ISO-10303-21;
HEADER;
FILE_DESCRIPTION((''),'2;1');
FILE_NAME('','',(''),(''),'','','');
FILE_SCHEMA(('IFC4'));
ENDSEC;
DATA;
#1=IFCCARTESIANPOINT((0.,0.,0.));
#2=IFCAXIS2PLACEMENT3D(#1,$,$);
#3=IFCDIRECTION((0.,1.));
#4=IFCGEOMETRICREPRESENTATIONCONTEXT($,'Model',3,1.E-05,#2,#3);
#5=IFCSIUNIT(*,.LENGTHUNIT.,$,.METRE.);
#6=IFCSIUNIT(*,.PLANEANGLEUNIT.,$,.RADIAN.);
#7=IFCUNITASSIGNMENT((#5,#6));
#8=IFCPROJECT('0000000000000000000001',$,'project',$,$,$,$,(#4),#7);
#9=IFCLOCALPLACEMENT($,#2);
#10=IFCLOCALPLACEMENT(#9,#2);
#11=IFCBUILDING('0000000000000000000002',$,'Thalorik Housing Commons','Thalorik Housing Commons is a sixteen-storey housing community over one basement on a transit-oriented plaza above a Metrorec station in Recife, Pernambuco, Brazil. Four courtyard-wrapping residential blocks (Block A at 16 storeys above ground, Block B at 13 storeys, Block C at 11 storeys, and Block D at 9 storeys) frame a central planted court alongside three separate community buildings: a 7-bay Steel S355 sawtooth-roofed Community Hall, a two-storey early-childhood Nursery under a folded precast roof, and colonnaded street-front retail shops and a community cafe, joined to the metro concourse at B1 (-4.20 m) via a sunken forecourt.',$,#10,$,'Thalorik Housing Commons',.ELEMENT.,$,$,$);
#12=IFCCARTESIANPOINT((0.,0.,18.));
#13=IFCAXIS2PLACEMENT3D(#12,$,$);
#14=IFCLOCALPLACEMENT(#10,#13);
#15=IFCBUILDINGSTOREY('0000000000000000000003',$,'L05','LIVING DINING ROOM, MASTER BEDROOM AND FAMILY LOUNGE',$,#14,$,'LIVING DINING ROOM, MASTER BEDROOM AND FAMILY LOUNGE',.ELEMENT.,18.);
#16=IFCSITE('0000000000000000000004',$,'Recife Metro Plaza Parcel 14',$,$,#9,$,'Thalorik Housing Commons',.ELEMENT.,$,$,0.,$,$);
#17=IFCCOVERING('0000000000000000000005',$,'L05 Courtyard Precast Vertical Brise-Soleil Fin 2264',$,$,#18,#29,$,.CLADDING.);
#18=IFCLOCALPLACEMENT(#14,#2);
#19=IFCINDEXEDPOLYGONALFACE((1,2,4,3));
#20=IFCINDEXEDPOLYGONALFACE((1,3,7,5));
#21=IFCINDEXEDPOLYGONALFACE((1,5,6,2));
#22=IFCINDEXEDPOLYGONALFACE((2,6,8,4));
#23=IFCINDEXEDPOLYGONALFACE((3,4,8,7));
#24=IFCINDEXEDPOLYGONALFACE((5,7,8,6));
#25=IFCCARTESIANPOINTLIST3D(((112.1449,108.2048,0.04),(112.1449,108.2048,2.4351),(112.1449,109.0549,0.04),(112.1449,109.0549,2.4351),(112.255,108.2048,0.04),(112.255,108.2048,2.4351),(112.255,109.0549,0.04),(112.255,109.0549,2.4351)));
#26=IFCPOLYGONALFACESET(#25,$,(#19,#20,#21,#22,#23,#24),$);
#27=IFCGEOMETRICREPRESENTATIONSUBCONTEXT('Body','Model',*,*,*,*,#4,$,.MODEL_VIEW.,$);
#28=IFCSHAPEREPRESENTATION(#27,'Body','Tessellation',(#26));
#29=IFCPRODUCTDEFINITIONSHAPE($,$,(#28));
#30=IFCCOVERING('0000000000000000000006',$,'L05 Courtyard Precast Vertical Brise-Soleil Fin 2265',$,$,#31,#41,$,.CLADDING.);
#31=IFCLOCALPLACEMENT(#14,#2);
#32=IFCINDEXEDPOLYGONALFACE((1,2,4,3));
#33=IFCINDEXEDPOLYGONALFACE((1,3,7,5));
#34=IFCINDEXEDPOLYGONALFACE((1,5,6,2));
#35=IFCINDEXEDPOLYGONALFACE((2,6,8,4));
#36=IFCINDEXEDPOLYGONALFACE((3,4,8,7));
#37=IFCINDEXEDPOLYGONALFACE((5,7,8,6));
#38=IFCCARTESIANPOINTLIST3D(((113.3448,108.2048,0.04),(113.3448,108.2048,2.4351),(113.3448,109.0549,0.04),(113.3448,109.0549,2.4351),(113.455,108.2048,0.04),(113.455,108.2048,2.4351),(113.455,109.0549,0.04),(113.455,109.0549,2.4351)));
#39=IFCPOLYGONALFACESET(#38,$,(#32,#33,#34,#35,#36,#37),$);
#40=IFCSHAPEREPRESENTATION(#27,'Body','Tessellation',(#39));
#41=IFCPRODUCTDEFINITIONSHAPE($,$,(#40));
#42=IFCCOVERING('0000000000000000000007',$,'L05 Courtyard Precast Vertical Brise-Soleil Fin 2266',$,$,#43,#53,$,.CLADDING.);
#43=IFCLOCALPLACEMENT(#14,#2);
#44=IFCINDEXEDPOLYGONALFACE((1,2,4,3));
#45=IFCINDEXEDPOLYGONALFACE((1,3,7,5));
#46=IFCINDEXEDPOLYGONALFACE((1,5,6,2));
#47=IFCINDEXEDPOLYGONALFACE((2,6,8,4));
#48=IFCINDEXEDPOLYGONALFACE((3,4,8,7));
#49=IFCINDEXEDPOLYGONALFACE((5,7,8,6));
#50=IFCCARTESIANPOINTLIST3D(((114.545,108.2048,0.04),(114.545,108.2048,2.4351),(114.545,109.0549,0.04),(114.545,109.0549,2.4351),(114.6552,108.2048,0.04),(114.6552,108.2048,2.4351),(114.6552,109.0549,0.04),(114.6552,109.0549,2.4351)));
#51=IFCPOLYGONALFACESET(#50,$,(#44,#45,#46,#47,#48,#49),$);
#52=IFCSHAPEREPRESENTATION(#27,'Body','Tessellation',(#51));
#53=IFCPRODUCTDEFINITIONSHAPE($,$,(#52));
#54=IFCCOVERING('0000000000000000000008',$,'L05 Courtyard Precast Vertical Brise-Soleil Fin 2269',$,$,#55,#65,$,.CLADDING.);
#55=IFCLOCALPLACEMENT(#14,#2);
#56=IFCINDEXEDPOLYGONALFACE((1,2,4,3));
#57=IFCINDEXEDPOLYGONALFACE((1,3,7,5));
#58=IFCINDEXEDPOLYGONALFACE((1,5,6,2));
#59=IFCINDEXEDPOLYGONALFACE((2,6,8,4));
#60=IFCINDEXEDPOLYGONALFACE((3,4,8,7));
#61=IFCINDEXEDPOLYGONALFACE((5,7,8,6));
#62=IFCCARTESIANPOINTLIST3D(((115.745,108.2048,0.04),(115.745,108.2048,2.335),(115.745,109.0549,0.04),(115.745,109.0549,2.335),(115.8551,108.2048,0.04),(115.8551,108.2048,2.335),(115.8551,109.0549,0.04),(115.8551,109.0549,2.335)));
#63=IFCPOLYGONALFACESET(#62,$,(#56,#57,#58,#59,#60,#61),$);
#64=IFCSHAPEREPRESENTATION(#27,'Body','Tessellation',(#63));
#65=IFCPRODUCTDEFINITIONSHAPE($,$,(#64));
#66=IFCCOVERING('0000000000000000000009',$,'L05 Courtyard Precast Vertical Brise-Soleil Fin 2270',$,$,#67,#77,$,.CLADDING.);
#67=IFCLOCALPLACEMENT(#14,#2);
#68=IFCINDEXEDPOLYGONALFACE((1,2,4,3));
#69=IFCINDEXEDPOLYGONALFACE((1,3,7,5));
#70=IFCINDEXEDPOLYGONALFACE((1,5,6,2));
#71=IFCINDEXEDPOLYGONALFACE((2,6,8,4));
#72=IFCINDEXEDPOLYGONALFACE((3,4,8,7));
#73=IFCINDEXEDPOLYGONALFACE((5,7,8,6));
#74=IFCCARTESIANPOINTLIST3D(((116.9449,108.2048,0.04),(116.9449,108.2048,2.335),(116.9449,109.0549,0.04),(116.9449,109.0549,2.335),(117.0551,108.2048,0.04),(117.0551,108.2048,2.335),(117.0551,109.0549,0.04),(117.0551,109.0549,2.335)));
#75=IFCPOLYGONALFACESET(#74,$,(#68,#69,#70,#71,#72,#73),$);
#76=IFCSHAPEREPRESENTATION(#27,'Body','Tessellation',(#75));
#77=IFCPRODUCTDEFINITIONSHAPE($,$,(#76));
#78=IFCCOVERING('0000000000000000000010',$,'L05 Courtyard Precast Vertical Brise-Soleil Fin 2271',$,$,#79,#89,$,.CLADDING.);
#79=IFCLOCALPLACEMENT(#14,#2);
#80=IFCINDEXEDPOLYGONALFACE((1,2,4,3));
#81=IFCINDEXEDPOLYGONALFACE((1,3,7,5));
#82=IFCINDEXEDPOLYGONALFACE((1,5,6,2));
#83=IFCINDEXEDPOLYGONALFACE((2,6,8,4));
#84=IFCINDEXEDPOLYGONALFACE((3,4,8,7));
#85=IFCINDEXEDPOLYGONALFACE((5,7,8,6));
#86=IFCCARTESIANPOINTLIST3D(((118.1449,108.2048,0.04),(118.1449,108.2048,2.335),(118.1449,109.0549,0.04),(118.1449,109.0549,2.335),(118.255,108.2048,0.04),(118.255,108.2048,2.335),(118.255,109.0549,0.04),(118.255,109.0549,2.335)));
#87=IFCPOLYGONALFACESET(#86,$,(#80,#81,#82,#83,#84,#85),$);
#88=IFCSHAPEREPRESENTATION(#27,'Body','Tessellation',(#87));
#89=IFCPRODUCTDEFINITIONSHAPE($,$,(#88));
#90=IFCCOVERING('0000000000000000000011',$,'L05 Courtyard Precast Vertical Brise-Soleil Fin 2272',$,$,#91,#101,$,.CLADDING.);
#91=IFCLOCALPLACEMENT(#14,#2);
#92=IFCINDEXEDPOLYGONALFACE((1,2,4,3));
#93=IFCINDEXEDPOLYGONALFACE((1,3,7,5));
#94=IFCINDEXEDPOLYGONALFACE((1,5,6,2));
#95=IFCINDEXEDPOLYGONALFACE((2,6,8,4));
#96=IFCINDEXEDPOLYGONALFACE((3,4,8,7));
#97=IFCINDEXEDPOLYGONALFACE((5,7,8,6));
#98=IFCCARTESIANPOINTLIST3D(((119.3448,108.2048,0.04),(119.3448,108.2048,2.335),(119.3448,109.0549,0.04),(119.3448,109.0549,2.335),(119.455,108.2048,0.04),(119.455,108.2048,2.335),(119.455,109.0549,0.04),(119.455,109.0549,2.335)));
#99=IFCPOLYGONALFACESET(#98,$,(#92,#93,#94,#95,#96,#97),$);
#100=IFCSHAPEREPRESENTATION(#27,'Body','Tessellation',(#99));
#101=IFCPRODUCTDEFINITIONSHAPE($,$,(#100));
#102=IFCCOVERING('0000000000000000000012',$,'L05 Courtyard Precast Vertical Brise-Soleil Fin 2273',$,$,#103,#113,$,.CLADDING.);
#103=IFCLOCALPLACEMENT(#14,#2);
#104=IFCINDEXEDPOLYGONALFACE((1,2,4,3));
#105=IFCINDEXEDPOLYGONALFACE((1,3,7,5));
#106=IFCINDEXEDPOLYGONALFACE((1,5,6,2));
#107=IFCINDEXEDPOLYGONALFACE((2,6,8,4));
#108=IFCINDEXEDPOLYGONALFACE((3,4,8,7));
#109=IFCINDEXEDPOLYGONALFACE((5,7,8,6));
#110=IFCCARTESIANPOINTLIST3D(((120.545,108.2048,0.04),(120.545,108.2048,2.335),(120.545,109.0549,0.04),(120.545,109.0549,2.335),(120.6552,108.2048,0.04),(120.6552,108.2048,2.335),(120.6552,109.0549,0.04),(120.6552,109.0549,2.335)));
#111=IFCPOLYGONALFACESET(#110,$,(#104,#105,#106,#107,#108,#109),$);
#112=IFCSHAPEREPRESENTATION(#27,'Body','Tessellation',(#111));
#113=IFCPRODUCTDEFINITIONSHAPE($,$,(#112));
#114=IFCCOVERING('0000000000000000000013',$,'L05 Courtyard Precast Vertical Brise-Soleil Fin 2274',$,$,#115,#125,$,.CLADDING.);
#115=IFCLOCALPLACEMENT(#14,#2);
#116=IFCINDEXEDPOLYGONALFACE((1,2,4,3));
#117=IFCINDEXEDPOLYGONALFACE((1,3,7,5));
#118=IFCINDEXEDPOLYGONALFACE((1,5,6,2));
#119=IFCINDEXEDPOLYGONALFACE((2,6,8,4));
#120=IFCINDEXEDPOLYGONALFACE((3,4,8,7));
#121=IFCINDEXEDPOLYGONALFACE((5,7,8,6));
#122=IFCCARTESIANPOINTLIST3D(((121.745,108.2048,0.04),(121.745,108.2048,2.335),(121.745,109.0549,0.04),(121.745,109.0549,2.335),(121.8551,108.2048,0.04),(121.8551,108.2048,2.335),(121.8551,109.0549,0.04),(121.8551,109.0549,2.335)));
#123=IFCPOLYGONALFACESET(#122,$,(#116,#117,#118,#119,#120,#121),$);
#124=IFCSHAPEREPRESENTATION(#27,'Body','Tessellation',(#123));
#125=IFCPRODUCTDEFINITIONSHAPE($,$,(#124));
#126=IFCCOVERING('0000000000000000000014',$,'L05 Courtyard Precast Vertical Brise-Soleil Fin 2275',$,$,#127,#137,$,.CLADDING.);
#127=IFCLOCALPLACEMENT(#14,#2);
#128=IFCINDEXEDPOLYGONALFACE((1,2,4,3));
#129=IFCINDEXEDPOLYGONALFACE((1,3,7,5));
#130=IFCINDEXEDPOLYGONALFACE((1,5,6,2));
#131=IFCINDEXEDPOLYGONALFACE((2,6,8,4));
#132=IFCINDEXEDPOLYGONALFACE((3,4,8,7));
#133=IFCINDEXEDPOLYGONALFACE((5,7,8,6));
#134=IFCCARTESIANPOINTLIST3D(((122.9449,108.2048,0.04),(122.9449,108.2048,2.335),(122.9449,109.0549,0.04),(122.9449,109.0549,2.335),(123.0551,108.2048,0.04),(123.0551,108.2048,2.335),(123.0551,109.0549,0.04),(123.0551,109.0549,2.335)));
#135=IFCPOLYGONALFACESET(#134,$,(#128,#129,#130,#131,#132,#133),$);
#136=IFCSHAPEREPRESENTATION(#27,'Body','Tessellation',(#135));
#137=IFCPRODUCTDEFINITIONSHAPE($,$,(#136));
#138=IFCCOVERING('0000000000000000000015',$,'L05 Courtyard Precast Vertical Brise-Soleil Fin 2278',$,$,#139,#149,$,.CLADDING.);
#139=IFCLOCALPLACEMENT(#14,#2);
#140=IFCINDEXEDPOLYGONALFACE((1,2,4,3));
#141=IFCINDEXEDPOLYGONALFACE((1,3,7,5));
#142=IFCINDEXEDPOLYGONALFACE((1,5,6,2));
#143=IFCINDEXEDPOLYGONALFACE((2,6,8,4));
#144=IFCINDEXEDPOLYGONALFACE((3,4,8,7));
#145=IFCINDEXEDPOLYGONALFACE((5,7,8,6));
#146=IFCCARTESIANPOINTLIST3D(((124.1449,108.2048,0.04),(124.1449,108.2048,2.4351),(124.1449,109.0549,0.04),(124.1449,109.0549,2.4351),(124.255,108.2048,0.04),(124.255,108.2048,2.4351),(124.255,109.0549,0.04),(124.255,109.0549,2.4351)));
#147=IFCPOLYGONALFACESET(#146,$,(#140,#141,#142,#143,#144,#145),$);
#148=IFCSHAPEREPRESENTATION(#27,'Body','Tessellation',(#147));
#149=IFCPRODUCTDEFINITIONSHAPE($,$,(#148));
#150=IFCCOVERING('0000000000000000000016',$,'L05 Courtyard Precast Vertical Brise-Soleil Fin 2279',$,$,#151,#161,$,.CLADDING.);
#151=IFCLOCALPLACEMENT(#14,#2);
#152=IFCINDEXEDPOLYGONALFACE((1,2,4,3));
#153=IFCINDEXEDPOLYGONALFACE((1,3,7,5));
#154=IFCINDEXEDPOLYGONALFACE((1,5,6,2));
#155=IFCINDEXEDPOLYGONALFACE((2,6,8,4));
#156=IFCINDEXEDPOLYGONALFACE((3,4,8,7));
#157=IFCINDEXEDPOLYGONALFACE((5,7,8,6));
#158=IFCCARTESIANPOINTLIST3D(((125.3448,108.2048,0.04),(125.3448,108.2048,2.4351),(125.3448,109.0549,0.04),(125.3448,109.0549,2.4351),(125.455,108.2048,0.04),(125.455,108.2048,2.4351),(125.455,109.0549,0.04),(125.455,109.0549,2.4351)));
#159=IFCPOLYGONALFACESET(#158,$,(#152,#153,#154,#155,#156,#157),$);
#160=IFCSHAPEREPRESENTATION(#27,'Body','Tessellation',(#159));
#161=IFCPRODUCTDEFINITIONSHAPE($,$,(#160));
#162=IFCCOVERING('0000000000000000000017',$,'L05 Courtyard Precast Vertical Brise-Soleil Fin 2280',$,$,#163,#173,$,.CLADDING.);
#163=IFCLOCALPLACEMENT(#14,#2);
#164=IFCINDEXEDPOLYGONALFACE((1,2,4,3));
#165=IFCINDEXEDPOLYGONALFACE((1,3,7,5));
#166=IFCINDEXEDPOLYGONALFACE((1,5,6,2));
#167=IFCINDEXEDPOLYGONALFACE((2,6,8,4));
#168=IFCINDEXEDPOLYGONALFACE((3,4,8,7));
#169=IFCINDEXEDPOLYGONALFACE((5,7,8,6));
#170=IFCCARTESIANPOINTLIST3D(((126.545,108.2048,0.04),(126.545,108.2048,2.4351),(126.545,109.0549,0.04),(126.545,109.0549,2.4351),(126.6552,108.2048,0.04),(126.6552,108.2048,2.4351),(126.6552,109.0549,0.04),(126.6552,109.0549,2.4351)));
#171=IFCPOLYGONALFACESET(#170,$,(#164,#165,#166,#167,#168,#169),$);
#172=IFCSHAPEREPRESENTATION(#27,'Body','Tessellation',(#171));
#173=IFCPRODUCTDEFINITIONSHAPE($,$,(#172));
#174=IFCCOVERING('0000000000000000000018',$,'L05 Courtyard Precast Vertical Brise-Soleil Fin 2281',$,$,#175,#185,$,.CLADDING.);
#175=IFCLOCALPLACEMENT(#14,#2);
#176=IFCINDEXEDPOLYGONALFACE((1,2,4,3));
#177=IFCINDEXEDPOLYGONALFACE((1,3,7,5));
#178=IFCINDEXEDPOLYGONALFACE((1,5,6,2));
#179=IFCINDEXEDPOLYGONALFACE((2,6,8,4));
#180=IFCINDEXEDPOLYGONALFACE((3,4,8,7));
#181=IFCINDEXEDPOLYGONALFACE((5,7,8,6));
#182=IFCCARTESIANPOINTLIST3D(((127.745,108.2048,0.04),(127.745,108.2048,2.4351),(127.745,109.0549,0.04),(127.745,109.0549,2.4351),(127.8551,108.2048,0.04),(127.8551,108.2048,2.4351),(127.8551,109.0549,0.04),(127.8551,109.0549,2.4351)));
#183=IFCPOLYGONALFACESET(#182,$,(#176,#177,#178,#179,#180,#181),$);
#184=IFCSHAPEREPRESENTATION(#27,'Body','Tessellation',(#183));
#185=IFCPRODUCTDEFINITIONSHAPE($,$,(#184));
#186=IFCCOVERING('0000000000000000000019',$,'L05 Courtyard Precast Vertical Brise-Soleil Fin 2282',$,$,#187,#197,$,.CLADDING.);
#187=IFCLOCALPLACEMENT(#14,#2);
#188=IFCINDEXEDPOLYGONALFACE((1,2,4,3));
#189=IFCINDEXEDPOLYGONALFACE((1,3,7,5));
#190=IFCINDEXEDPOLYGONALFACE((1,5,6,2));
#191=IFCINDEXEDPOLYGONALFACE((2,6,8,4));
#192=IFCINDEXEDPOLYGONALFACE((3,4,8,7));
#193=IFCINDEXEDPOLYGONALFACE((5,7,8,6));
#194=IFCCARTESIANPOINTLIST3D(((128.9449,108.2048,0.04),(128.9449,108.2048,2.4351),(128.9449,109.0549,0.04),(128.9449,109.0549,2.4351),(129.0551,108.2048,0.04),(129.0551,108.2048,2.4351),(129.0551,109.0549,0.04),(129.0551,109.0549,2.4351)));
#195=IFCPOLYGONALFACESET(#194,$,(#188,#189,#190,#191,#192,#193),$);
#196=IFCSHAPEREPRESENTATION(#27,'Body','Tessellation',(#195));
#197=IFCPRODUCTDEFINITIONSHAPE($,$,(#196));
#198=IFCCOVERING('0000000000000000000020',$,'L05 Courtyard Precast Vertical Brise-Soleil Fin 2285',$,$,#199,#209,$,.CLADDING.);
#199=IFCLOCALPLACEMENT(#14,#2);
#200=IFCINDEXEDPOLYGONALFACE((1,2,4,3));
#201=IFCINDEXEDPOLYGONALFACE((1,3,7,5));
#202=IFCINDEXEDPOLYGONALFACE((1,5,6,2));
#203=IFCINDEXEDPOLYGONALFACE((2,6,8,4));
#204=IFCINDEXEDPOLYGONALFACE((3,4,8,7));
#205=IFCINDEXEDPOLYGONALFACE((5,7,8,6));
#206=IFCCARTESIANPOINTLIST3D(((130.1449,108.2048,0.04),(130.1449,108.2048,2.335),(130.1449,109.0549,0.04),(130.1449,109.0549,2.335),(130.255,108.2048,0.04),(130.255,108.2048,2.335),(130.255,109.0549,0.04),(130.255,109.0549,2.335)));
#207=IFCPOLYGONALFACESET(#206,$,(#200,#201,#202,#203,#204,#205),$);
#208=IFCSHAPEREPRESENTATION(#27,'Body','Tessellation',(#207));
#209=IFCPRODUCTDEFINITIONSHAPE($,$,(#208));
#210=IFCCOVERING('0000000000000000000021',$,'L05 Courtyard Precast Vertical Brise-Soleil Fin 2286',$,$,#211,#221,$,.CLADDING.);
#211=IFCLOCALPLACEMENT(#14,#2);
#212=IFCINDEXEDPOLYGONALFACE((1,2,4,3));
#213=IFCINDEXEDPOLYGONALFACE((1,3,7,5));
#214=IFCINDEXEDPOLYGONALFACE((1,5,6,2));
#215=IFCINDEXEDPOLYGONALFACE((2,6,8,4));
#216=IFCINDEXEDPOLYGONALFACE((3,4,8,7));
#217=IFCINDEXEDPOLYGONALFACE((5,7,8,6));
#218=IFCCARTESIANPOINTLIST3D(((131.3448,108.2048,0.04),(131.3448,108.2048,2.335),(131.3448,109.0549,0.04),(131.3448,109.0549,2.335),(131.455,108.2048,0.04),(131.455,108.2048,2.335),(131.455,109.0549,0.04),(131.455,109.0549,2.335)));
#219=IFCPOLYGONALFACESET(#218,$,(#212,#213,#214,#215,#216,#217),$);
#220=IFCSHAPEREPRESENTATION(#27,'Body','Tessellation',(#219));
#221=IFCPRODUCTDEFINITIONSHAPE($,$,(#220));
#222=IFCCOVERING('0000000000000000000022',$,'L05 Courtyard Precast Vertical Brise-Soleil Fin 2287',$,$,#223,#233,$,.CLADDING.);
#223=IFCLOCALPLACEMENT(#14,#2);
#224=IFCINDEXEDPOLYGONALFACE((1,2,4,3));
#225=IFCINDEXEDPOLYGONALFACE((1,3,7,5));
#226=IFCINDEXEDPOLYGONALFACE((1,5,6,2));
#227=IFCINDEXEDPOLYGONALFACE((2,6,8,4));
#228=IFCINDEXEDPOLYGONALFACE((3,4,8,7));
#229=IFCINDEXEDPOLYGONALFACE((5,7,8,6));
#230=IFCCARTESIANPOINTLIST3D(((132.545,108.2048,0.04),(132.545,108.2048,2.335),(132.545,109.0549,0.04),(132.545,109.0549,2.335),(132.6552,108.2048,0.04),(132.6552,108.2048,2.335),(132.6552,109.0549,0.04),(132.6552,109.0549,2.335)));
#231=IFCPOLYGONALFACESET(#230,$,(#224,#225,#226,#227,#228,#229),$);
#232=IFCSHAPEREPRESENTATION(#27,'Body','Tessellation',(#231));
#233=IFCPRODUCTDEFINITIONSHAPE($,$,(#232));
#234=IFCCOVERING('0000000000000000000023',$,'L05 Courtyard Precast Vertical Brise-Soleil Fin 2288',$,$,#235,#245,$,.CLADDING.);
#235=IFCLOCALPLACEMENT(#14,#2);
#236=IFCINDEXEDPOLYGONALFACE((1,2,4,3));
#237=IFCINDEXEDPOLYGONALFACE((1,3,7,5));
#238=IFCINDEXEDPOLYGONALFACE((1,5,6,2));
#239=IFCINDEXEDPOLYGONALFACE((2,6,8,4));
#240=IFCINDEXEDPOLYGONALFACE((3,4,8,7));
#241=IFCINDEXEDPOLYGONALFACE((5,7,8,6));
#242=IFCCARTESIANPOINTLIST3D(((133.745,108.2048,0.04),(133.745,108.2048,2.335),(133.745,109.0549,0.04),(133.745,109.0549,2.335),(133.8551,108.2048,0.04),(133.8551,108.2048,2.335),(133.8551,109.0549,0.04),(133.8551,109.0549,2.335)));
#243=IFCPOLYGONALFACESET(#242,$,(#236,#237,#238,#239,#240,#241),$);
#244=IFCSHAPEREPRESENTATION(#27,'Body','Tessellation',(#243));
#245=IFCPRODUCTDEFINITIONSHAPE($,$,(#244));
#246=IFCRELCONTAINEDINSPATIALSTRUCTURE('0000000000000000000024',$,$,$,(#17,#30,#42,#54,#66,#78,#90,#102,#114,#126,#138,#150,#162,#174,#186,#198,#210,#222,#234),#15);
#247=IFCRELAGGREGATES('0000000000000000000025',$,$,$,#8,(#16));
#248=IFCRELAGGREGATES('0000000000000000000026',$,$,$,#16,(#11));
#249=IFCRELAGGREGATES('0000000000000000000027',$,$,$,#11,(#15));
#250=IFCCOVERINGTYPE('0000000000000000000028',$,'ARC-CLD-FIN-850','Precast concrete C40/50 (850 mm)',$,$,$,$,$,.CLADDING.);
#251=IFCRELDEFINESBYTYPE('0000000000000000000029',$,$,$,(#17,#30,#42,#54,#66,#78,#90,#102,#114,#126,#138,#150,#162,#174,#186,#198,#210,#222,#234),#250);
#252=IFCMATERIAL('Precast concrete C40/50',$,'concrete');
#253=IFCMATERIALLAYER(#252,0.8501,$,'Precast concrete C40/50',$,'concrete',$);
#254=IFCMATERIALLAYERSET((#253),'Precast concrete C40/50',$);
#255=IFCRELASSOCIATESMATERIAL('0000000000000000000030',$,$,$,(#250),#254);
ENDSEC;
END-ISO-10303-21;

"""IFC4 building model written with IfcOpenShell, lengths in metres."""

from ifc_helpers import new_model, si_unit, direction, frame, origin, origin_2d, place, context, subcontext, project, spatial, rectangle, extrude, material, layer, layer_set, type_object, element, save


model = new_model("IFC4")

# Units and contexts
model_context = context("Model", 3, precision=1e-05, world=origin(), true_north=direction((0.0, 1.0)))
body_context = subcontext(model_context, "Body", "Model", "MODEL_VIEW")
ifc_project = project(units=[si_unit("LENGTHUNIT", "METRE"), si_unit("PLANEANGLEUNIT", "RADIAN")], contexts=[model_context])

# Site, building, storey
site_placement = place(None, origin())
site = spatial("IfcSite", under=ifc_project, at=site_placement, Name="Recife Metro Plaza Parcel 14", LongName="Thalorik Housing Commons", CompositionType="ELEMENT", RefElevation=0.0)
building_placement = place(site_placement, origin())
building = spatial("IfcBuilding", under=site, at=building_placement, Name="Thalorik Housing Commons", Description="Thalorik Housing Commons is a sixteen-storey housing community over one basement on a transit-oriented plaza above a Metrorec station in Recife, Pernambuco, Brazil. Four courtyard-wrapping residential blocks (Block A at 16 storeys above ground, Block B at 13 storeys, Block C at 11 storeys, and Block D at 9 storeys) frame a central planted court alongside three separate community buildings: a 7-bay Steel S355 sawtooth-roofed Community Hall, a two-storey early-childhood Nursery under a folded precast roof, and colonnaded street-front retail shops and a community cafe, joined to the metro concourse at B1 (-4.20 m) via a sunken forecourt.", LongName="Thalorik Housing Commons", CompositionType="ELEMENT")
storey_placement = place(building_placement, frame((0.0, 0.0, 18.0)))
storey = spatial("IfcBuildingStorey", under=building, at=storey_placement, Name="L05", Description="LIVING DINING ROOM, MASTER BEDROOM AND FAMILY LOUNGE", LongName="LIVING DINING ROOM, MASTER BEDROOM AND FAMILY LOUNGE", CompositionType="ELEMENT", Elevation=18.0)

# Coverings
ifc_material = material(Name="Precast concrete C40/50", Category="concrete")
ifc_layer_1 = layer(ifc_material, 0.8501, Name="Precast concrete C40/50", Category="concrete")
ifc_layer_set_1 = layer_set([ifc_layer_1], Name="Precast concrete C40/50")
covering_type_1 = type_object("IfcCoveringType", Name="ARC-CLD-FIN-850", Description="Precast concrete C40/50 (850 mm)", PredefinedType="CLADDING", material=ifc_layer_set_1)
for number, where, z_axis, x_axis, name in (
    (1, (112.2, 108.6299, 0.04), (0.0, 0.0, 1.0), (1.0, 0.0, 0.0), "L05 Courtyard Precast Vertical Brise-Soleil Fin 2264"),
    (2, (113.3999, 108.6299, 0.04), (0.0, 0.0, 1.0), (1.0, 0.0, 0.0), "L05 Courtyard Precast Vertical Brise-Soleil Fin 2265"),
    (3, (114.6001, 108.6299, 0.04), (0.0, 0.0, 1.0), (1.0, 0.0, 0.0), "L05 Courtyard Precast Vertical Brise-Soleil Fin 2266"),
):
    element("IfcCovering", number, at=place(storey_placement, frame(where, z_axis=z_axis, x_axis=x_axis)), inside=storey, type_object=covering_type_1, Name=name, PredefinedType="CLADDING", context=body_context, shape_type="SweptSolid", body=[
        extrude(rectangle(XDim=0.1101, YDim=0.8501, at=origin_2d()), origin(), (0.0, 0.0, 1.0), 2.395),
    ])
for number, where, z_axis, x_axis, name in (
    (4, (115.8, 108.6299, 0.04), (0.0, 0.0, 1.0), (1.0, 0.0, 0.0), "L05 Courtyard Precast Vertical Brise-Soleil Fin 2269"),
    (5, (117.0, 108.6299, 0.04), (0.0, 0.0, 1.0), (1.0, 0.0, 0.0), "L05 Courtyard Precast Vertical Brise-Soleil Fin 2270"),
    (6, (118.2, 108.6299, 0.04), (0.0, 0.0, 1.0), (1.0, 0.0, 0.0), "L05 Courtyard Precast Vertical Brise-Soleil Fin 2271"),
    (7, (119.3999, 108.6299, 0.04), (0.0, 0.0, 1.0), (1.0, 0.0, 0.0), "L05 Courtyard Precast Vertical Brise-Soleil Fin 2272"),
    (8, (120.6001, 108.6299, 0.04), (0.0, 0.0, 1.0), (1.0, 0.0, 0.0), "L05 Courtyard Precast Vertical Brise-Soleil Fin 2273"),
    (9, (121.8, 108.6299, 0.04), (0.0, 0.0, 1.0), (1.0, 0.0, 0.0), "L05 Courtyard Precast Vertical Brise-Soleil Fin 2274"),
    (10, (123.0, 108.6299, 0.04), (0.0, 0.0, 1.0), (1.0, 0.0, 0.0), "L05 Courtyard Precast Vertical Brise-Soleil Fin 2275"),
):
    element("IfcCovering", number, at=place(storey_placement, frame(where, z_axis=z_axis, x_axis=x_axis)), inside=storey, type_object=covering_type_1, Name=name, PredefinedType="CLADDING", context=body_context, shape_type="SweptSolid", body=[
        extrude(rectangle(XDim=0.1101, YDim=0.8501, at=origin_2d()), origin(), (0.0, 0.0, 1.0), 2.2949),
    ])
for number, where, z_axis, x_axis, name in (
    (11, (124.2, 108.6299, 0.04), (0.0, 0.0, 1.0), (1.0, 0.0, 0.0), "L05 Courtyard Precast Vertical Brise-Soleil Fin 2278"),
    (12, (125.3999, 108.6299, 0.04), (0.0, 0.0, 1.0), (1.0, 0.0, 0.0), "L05 Courtyard Precast Vertical Brise-Soleil Fin 2279"),
    (13, (126.6001, 108.6299, 0.04), (0.0, 0.0, 1.0), (1.0, 0.0, 0.0), "L05 Courtyard Precast Vertical Brise-Soleil Fin 2280"),
    (14, (127.8, 108.6299, 0.04), (0.0, 0.0, 1.0), (1.0, 0.0, 0.0), "L05 Courtyard Precast Vertical Brise-Soleil Fin 2281"),
    (15, (129.0, 108.6299, 0.04), (0.0, 0.0, 1.0), (1.0, 0.0, 0.0), "L05 Courtyard Precast Vertical Brise-Soleil Fin 2282"),
):
    element("IfcCovering", number, at=place(storey_placement, frame(where, z_axis=z_axis, x_axis=x_axis)), inside=storey, type_object=covering_type_1, Name=name, PredefinedType="CLADDING", context=body_context, shape_type="SweptSolid", body=[
        extrude(rectangle(XDim=0.1101, YDim=0.8501, at=origin_2d()), origin(), (0.0, 0.0, 1.0), 2.395),
    ])
for number, where, z_axis, x_axis, name in (
    (16, (130.2, 108.6299, 0.04), (0.0, 0.0, 1.0), (1.0, 0.0, 0.0), "L05 Courtyard Precast Vertical Brise-Soleil Fin 2285"),
    (17, (131.3999, 108.6299, 0.04), (0.0, 0.0, 1.0), (1.0, 0.0, 0.0), "L05 Courtyard Precast Vertical Brise-Soleil Fin 2286"),
    (18, (132.6001, 108.6299, 0.04), (0.0, 0.0, 1.0), (1.0, 0.0, 0.0), "L05 Courtyard Precast Vertical Brise-Soleil Fin 2287"),
    (19, (133.8, 108.6299, 0.04), (0.0, 0.0, 1.0), (1.0, 0.0, 0.0), "L05 Courtyard Precast Vertical Brise-Soleil Fin 2288"),
):
    element("IfcCovering", number, at=place(storey_placement, frame(where, z_axis=z_axis, x_axis=x_axis)), inside=storey, type_object=covering_type_1, Name=name, PredefinedType="CLADDING", context=body_context, shape_type="SweptSolid", body=[
        extrude(rectangle(XDim=0.1101, YDim=0.8501, at=origin_2d()), origin(), (0.0, 0.0, 1.0), 2.2949),
    ])

save(model, "model.ifc")
